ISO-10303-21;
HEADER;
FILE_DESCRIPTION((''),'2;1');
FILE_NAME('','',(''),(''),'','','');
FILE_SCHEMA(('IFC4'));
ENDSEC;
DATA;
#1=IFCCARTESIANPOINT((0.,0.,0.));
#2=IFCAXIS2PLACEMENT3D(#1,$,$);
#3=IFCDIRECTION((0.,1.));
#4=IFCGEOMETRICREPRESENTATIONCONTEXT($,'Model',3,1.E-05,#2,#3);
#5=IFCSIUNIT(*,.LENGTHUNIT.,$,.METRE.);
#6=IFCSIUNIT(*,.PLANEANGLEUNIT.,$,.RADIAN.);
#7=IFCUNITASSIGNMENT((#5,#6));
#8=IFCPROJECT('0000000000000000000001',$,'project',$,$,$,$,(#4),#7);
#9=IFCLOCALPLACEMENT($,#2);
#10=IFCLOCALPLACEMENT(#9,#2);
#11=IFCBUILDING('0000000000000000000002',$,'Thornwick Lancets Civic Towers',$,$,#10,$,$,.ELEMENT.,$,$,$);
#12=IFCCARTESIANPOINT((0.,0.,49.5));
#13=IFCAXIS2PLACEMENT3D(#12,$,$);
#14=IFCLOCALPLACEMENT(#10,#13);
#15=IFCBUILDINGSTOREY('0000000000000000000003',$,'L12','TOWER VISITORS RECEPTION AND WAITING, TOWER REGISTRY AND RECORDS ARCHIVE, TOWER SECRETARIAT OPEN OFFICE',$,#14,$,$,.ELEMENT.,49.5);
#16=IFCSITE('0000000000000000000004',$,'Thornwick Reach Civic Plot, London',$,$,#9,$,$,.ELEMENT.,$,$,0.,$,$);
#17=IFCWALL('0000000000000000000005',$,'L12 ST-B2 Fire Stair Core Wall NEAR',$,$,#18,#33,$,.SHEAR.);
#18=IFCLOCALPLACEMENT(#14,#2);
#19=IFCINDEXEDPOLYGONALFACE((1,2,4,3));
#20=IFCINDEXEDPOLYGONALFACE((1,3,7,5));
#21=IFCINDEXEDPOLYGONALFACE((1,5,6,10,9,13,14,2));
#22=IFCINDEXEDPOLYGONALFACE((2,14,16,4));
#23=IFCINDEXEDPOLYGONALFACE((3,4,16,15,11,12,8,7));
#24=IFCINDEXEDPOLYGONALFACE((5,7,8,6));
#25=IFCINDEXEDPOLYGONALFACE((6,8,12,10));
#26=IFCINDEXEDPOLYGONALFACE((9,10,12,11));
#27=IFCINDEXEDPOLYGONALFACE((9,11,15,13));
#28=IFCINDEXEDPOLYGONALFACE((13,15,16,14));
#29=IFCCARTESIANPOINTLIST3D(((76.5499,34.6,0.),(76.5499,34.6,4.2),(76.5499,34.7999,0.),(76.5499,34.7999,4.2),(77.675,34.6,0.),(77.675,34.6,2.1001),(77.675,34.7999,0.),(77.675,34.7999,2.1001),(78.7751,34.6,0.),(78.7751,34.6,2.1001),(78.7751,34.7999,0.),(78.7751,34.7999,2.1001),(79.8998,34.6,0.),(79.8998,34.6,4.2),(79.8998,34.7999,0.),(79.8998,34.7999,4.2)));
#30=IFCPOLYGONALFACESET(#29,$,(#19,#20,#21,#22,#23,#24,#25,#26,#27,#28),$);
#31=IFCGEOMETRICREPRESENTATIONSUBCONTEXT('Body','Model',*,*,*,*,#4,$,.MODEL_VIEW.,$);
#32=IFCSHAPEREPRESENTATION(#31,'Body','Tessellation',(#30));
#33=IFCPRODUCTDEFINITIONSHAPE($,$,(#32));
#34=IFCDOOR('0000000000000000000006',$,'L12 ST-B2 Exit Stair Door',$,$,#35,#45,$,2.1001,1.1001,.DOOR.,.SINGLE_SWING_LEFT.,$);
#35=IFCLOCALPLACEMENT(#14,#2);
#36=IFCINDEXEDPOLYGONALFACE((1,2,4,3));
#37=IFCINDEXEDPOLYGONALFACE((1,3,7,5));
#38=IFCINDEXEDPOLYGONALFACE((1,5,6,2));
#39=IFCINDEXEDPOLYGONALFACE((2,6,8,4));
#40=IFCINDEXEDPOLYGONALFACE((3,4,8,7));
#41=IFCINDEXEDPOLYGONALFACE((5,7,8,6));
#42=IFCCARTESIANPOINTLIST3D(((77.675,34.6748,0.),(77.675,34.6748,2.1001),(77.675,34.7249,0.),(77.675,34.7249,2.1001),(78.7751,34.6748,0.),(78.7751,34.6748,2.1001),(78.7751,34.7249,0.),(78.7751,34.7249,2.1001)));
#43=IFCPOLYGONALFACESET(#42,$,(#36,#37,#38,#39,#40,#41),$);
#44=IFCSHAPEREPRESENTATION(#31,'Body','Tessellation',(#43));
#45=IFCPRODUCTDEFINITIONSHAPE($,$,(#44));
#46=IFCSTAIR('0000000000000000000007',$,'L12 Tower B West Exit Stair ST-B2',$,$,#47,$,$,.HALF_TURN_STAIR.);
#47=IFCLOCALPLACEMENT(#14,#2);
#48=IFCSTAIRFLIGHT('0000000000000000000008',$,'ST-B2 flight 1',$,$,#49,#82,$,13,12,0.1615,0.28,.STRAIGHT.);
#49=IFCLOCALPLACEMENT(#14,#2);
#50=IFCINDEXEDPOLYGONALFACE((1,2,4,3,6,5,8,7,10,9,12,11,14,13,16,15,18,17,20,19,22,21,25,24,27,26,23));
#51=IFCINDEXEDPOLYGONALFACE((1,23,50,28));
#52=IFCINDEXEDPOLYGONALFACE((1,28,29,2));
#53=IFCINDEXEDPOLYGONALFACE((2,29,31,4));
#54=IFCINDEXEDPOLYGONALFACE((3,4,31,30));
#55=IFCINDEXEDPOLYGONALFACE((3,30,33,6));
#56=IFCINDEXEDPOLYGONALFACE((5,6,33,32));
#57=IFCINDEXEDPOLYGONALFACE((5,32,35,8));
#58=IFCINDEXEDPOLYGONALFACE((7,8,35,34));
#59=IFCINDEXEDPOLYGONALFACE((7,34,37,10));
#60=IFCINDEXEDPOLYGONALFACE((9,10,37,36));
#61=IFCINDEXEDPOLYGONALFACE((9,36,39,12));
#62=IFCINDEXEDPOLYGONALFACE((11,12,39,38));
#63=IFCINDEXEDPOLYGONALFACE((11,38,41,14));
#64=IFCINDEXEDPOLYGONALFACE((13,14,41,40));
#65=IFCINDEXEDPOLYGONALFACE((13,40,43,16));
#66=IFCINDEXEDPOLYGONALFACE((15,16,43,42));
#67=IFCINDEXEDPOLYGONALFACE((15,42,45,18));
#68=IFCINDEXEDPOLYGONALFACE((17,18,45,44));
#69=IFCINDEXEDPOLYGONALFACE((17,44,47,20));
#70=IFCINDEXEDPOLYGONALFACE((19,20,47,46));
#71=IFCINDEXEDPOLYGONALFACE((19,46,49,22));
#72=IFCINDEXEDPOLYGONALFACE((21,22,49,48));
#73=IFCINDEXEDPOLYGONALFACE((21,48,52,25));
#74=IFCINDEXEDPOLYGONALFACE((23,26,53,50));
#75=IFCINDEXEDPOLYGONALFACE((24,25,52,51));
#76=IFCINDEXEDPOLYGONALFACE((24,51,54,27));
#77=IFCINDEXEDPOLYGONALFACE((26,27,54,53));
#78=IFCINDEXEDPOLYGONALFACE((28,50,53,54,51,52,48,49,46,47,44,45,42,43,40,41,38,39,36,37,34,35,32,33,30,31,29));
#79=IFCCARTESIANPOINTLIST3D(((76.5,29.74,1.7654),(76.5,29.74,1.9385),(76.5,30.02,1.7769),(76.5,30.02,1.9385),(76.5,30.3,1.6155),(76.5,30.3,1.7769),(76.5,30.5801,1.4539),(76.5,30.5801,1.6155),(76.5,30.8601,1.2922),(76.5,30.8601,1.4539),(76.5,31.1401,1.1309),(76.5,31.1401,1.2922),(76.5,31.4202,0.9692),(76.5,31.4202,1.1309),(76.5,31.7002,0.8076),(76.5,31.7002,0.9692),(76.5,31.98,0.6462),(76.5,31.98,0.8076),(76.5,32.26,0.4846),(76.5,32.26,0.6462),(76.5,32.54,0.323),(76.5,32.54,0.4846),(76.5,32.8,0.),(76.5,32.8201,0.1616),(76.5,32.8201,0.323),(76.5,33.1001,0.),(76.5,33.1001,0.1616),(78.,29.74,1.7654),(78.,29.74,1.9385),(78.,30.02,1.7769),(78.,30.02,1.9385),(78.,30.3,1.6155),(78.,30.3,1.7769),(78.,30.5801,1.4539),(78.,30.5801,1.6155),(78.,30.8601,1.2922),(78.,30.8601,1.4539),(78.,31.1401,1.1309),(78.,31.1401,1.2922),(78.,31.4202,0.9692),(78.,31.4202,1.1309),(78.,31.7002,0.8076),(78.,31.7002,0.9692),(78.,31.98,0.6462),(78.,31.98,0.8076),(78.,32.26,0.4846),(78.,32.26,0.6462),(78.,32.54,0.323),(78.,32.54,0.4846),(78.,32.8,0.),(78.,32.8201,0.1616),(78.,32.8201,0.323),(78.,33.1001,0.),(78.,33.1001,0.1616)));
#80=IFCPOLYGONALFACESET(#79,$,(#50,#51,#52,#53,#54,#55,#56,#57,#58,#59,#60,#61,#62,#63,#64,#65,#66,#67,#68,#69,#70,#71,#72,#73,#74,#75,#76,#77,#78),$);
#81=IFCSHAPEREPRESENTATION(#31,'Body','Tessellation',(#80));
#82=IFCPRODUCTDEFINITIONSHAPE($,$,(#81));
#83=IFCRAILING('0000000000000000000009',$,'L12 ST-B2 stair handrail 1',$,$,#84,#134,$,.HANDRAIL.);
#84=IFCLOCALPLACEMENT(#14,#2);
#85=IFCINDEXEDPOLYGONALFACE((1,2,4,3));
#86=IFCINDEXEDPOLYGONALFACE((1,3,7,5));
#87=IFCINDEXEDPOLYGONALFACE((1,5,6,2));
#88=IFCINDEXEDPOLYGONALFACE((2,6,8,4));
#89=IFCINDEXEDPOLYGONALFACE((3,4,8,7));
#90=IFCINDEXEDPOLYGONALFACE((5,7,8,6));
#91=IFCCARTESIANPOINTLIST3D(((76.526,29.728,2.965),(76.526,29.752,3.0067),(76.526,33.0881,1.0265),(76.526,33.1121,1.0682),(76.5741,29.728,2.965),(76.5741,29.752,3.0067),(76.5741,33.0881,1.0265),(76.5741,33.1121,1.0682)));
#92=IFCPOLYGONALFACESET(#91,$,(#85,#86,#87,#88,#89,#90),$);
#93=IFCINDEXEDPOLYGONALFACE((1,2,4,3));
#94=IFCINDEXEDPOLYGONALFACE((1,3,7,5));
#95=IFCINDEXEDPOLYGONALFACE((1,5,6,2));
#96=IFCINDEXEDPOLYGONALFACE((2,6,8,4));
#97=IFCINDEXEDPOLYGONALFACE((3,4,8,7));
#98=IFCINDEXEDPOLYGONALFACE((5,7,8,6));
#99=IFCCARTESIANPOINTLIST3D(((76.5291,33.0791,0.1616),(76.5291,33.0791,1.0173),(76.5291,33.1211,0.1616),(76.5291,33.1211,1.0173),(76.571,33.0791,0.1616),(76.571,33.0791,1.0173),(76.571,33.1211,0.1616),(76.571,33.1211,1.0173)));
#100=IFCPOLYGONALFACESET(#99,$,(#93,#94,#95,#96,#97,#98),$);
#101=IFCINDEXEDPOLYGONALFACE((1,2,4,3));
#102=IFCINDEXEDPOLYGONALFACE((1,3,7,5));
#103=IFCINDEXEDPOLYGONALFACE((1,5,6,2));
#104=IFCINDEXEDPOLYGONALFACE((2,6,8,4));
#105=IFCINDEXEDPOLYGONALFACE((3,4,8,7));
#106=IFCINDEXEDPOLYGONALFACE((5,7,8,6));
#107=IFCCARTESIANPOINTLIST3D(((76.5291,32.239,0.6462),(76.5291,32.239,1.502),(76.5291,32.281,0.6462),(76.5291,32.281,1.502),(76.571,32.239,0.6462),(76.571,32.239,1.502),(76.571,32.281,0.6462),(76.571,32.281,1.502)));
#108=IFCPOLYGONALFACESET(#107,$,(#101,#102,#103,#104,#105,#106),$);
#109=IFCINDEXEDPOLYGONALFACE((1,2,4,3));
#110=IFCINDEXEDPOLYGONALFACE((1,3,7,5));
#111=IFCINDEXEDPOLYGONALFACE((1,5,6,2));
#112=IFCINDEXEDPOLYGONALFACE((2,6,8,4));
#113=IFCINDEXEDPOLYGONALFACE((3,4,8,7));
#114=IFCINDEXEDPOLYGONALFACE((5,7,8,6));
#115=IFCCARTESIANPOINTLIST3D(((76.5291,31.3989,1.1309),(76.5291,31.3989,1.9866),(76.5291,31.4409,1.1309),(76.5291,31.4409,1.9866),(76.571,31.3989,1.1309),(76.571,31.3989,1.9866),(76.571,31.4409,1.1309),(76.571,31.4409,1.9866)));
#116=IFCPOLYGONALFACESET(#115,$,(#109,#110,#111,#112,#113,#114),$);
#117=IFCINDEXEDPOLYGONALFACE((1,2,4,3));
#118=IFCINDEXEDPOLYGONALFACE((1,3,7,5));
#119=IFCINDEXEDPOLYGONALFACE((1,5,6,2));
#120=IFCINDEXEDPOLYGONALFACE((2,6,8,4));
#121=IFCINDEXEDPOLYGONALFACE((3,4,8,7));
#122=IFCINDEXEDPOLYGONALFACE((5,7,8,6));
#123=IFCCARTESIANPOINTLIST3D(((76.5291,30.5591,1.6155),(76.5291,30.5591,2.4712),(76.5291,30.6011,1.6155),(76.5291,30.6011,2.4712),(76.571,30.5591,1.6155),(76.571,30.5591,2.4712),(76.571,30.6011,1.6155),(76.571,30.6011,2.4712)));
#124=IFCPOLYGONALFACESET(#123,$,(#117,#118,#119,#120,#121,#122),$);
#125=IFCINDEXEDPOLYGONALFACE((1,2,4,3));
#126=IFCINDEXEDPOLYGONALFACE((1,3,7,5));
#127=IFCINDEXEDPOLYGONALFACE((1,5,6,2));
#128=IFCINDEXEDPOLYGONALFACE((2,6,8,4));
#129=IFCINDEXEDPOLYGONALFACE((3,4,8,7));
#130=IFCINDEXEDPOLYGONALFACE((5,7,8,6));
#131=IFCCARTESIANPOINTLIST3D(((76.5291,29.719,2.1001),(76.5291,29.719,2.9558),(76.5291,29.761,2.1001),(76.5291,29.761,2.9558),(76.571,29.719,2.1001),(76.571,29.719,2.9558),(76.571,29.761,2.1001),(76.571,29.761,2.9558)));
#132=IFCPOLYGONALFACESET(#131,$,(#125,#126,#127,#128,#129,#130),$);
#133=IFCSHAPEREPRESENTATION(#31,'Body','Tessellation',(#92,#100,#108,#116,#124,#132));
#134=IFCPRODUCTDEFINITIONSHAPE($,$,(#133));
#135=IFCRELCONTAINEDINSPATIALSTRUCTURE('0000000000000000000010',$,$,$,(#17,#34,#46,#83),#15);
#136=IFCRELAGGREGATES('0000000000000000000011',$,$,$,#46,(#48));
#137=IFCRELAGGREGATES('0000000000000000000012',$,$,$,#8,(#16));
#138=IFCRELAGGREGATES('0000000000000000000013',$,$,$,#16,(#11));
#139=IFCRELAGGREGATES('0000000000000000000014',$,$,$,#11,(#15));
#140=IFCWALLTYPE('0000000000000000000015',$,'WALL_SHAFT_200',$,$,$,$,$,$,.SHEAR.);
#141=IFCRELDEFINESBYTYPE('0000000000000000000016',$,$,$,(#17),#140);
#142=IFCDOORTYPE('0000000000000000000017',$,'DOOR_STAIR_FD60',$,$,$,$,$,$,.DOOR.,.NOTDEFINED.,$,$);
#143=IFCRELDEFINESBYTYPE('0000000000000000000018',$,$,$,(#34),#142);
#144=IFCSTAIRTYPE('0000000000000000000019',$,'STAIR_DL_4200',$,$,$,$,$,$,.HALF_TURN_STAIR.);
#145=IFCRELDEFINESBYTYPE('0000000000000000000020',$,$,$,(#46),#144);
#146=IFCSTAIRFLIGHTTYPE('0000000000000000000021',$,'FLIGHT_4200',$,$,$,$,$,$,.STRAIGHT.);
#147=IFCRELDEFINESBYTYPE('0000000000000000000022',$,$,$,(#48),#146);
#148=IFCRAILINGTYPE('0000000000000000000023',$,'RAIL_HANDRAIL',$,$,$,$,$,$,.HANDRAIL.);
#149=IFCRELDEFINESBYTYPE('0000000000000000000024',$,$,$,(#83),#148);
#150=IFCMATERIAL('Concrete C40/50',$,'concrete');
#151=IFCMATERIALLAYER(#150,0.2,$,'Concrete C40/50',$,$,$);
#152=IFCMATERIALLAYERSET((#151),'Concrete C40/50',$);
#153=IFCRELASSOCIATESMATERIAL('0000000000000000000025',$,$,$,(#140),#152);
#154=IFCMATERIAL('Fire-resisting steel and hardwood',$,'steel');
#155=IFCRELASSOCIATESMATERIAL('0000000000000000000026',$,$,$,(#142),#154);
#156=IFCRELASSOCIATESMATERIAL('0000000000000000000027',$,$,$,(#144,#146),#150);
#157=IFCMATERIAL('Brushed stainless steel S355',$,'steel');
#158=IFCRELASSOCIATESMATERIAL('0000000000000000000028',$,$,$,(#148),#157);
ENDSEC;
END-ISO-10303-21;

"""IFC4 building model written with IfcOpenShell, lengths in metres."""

from ifc_helpers import new_model, si_unit, direction, frame, frame_2d, origin, origin_2d, place, context, subcontext, project, spatial, polyline, rectangle, outline, extrude, material, layer, layer_set, type_object, element, fill, aggregate, save


model = new_model("IFC4")

# Units and contexts
model_context = context("Model", 3, precision=1e-05, world=origin(), true_north=direction((0.0, 1.0)))
body_context = subcontext(model_context, "Body", "Model", "MODEL_VIEW")
ifc_project = project(units=[si_unit("LENGTHUNIT", "METRE"), si_unit("PLANEANGLEUNIT", "RADIAN")], contexts=[model_context])

# Site, building, storey
site_placement = place(None, origin())
site = spatial("IfcSite", under=ifc_project, at=site_placement, Name="Thornwick Reach Civic Plot, London", CompositionType="ELEMENT", RefElevation=0.0)
building_placement = place(site_placement, origin())
building = spatial("IfcBuilding", under=site, at=building_placement, Name="Thornwick Lancets Civic Towers", CompositionType="ELEMENT")
storey_placement = place(building_placement, frame((0.0, 0.0, 49.5)))
storey = spatial("IfcBuildingStorey", under=building, at=storey_placement, Name="L12", Description="TOWER VISITORS RECEPTION AND WAITING, TOWER REGISTRY AND RECORDS ARCHIVE, TOWER SECRETARIAT OPEN OFFICE", CompositionType="ELEMENT", Elevation=49.5)

# Shared definitions
ifc_material_1 = material(Name="Concrete C40/50", Category="concrete")

# Wall, opening, door
ifc_layer_1 = layer(ifc_material_1, 0.2, Name="Concrete C40/50")
ifc_layer_set_1 = layer_set([ifc_layer_1], Name="Concrete C40/50")
wall_type_1 = type_object("IfcWallType", Name="WALL_SHAFT_200", PredefinedType="SHEAR", material=ifc_layer_set_1)
wall_1_placement = place(storey_placement, frame((76.55, 34.7, 0.0), z_axis=(0.0, 0.0, 1.0), x_axis=(1.0, 0.0, 0.0)))
wall_1 = element("IfcWall", 1, at=wall_1_placement, inside=storey, type_object=wall_type_1, Name="L12 ST-B2 Fire Stair Core Wall NEAR", PredefinedType="SHEAR", context=body_context, shape_type="SweptSolid", body=[
    extrude(rectangle(XDim=3.3499, YDim=0.2, at=frame_2d((1.6748, 0.0))), origin(), (0.0, 0.0, 1.0), 4.2),
])
opening_1_placement = place(wall_1_placement, frame((1.125, 0.0, 0.0)))
opening_1 = element("IfcOpeningElement", 2, at=opening_1_placement, cuts=wall_1, PredefinedType="OPENING", context=body_context, shape_type="SweptSolid", body=[
    extrude(rectangle(XDim=1.1001, YDim=2.1001, at=frame_2d((0.55, 1.05))), frame((0.0, 0.1099, 0.0), z_axis=(0.0, -1.0, 0.0), x_axis=(1.0, 0.0, 0.0)), (0.0, 0.0, 1.0), 0.22),
])
ifc_material_2 = material(Name="Fire-resisting steel and hardwood", Category="steel")
door_type = type_object("IfcDoorType", Name="DOOR_STAIR_FD60", OperationType="NOTDEFINED", PredefinedType="DOOR", material=ifc_material_2)
door_placement = place(opening_1_placement, origin())
door = element("IfcDoor", 3, at=door_placement, inside=storey, type_object=door_type, Name="L12 ST-B2 Exit Stair Door", OperationType="SINGLE_SWING_LEFT", OverallHeight=2.1001, OverallWidth=1.1001, PredefinedType="DOOR", context=body_context, shape_type="SweptSolid", body=[
    extrude(rectangle(XDim=1.1001, YDim=2.1001, at=frame_2d((0.55, 1.05))), frame((0.0, 0.0249, 0.0), z_axis=(0.0, -1.0, 0.0), x_axis=(1.0, 0.0, 0.0)), (0.0, 0.0, 1.0), 0.05),
])
fill(opening_1, door)

# Stair, stair flight
stair_type = type_object("IfcStairType", Name="STAIR_DL_4200", PredefinedType="HALF_TURN_STAIR", material=ifc_material_1)
stair_placement = place(storey_placement, origin())
stair = element("IfcStair", 4, at=stair_placement, inside=storey, type_object=stair_type, Name="L12 Tower B West Exit Stair ST-B2", PredefinedType="HALF_TURN_STAIR")
stair_flight_type = type_object("IfcStairFlightType", Name="FLIGHT_4200", PredefinedType="STRAIGHT", material=ifc_material_1)
stair_flight_placement = place(storey_placement, frame((77.25, 33.1001, 0.0), z_axis=(0.0, 0.0, 1.0), x_axis=(0.0, -1.0, 0.0)))
stair_flight = element("IfcStairFlight", 5, at=stair_flight_placement, type_object=stair_flight_type, Name="ST-B2 flight 1", NumberOfRisers=13, NumberOfTreads=12, PredefinedType="STRAIGHT", RiserHeight=0.1615, TreadLength=0.28, context=body_context, shape_type="SweptSolid", body=[
    extrude(outline(polyline([(0.0, 0.0), (0.0, 0.1616), (0.28, 0.1616), (0.28, 0.323), (0.5601, 0.323), (0.5601, 0.4846), (0.8401, 0.4846), (0.8401, 0.6462), (1.1201, 0.6462), (1.1201, 0.8076), (1.3999, 0.8076), (1.3999, 0.9692), (1.6799, 0.9692), (1.6799, 1.1309), (1.96, 1.1309), (1.96, 1.2922), (2.24, 1.2922), (2.24, 1.4539), (2.52, 1.4539), (2.52, 1.6155), (2.8, 1.6155), (2.8, 1.7769), (3.0801, 1.7769), (3.0801, 1.9385), (3.3601, 1.9385), (3.3601, 2.1001), (3.3601, 1.7654), (0.3, 0.0), (0.0, 0.0)])), frame((0.0, 0.75, 0.0), z_axis=(0.0, -1.0, 0.0), x_axis=(1.0, 0.0, 0.0)), (0.0, 0.0, 1.0), 1.5),
])
aggregate(stair, [stair_flight])

# Railing
ifc_material_3 = material(Name="Brushed stainless steel S355", Category="steel")
railing_type_1 = type_object("IfcRailingType", Name="RAIL_HANDRAIL", PredefinedType="HANDRAIL", material=ifc_material_3)
railing_1_placement = place(storey_placement, frame((76.55, 33.1001, 0.1616)))
element("IfcRailing", 6, at=railing_1_placement, inside=storey, type_object=railing_type_1, Name="L12 ST-B2 stair handrail 1", PredefinedType="HANDRAIL", context=body_context, shape_type="SweptSolid", body=[
    extrude(rectangle(XDim=0.0481, YDim=0.0481, at=origin_2d()), frame((0.0, 0.0, 0.8857), z_axis=(0.0, -0.866191, 0.499713), x_axis=(1.0, 0.0, 0.0)), (0.0, 0.0, 1.0), 3.8792),
    extrude(rectangle(XDim=0.042, YDim=0.042, at=origin_2d()), origin(), (0.0, 0.0, 1.0), 0.8557),
    extrude(rectangle(XDim=0.042, YDim=0.042, at=origin_2d()), frame((0.0, -0.8401, 0.4846)), (0.0, 0.0, 1.0), 0.8557),
    extrude(rectangle(XDim=0.042, YDim=0.042, at=origin_2d()), frame((0.0, -1.6802, 0.9692)), (0.0, 0.0, 1.0), 0.8557),
    extrude(rectangle(XDim=0.042, YDim=0.042, at=origin_2d()), frame((0.0, -2.52, 1.4539)), (0.0, 0.0, 1.0), 0.8557),
    extrude(rectangle(XDim=0.042, YDim=0.042, at=origin_2d()), frame((0.0, -3.3601, 1.9385)), (0.0, 0.0, 1.0), 0.8557),
])

save(model, "model.ifc")
